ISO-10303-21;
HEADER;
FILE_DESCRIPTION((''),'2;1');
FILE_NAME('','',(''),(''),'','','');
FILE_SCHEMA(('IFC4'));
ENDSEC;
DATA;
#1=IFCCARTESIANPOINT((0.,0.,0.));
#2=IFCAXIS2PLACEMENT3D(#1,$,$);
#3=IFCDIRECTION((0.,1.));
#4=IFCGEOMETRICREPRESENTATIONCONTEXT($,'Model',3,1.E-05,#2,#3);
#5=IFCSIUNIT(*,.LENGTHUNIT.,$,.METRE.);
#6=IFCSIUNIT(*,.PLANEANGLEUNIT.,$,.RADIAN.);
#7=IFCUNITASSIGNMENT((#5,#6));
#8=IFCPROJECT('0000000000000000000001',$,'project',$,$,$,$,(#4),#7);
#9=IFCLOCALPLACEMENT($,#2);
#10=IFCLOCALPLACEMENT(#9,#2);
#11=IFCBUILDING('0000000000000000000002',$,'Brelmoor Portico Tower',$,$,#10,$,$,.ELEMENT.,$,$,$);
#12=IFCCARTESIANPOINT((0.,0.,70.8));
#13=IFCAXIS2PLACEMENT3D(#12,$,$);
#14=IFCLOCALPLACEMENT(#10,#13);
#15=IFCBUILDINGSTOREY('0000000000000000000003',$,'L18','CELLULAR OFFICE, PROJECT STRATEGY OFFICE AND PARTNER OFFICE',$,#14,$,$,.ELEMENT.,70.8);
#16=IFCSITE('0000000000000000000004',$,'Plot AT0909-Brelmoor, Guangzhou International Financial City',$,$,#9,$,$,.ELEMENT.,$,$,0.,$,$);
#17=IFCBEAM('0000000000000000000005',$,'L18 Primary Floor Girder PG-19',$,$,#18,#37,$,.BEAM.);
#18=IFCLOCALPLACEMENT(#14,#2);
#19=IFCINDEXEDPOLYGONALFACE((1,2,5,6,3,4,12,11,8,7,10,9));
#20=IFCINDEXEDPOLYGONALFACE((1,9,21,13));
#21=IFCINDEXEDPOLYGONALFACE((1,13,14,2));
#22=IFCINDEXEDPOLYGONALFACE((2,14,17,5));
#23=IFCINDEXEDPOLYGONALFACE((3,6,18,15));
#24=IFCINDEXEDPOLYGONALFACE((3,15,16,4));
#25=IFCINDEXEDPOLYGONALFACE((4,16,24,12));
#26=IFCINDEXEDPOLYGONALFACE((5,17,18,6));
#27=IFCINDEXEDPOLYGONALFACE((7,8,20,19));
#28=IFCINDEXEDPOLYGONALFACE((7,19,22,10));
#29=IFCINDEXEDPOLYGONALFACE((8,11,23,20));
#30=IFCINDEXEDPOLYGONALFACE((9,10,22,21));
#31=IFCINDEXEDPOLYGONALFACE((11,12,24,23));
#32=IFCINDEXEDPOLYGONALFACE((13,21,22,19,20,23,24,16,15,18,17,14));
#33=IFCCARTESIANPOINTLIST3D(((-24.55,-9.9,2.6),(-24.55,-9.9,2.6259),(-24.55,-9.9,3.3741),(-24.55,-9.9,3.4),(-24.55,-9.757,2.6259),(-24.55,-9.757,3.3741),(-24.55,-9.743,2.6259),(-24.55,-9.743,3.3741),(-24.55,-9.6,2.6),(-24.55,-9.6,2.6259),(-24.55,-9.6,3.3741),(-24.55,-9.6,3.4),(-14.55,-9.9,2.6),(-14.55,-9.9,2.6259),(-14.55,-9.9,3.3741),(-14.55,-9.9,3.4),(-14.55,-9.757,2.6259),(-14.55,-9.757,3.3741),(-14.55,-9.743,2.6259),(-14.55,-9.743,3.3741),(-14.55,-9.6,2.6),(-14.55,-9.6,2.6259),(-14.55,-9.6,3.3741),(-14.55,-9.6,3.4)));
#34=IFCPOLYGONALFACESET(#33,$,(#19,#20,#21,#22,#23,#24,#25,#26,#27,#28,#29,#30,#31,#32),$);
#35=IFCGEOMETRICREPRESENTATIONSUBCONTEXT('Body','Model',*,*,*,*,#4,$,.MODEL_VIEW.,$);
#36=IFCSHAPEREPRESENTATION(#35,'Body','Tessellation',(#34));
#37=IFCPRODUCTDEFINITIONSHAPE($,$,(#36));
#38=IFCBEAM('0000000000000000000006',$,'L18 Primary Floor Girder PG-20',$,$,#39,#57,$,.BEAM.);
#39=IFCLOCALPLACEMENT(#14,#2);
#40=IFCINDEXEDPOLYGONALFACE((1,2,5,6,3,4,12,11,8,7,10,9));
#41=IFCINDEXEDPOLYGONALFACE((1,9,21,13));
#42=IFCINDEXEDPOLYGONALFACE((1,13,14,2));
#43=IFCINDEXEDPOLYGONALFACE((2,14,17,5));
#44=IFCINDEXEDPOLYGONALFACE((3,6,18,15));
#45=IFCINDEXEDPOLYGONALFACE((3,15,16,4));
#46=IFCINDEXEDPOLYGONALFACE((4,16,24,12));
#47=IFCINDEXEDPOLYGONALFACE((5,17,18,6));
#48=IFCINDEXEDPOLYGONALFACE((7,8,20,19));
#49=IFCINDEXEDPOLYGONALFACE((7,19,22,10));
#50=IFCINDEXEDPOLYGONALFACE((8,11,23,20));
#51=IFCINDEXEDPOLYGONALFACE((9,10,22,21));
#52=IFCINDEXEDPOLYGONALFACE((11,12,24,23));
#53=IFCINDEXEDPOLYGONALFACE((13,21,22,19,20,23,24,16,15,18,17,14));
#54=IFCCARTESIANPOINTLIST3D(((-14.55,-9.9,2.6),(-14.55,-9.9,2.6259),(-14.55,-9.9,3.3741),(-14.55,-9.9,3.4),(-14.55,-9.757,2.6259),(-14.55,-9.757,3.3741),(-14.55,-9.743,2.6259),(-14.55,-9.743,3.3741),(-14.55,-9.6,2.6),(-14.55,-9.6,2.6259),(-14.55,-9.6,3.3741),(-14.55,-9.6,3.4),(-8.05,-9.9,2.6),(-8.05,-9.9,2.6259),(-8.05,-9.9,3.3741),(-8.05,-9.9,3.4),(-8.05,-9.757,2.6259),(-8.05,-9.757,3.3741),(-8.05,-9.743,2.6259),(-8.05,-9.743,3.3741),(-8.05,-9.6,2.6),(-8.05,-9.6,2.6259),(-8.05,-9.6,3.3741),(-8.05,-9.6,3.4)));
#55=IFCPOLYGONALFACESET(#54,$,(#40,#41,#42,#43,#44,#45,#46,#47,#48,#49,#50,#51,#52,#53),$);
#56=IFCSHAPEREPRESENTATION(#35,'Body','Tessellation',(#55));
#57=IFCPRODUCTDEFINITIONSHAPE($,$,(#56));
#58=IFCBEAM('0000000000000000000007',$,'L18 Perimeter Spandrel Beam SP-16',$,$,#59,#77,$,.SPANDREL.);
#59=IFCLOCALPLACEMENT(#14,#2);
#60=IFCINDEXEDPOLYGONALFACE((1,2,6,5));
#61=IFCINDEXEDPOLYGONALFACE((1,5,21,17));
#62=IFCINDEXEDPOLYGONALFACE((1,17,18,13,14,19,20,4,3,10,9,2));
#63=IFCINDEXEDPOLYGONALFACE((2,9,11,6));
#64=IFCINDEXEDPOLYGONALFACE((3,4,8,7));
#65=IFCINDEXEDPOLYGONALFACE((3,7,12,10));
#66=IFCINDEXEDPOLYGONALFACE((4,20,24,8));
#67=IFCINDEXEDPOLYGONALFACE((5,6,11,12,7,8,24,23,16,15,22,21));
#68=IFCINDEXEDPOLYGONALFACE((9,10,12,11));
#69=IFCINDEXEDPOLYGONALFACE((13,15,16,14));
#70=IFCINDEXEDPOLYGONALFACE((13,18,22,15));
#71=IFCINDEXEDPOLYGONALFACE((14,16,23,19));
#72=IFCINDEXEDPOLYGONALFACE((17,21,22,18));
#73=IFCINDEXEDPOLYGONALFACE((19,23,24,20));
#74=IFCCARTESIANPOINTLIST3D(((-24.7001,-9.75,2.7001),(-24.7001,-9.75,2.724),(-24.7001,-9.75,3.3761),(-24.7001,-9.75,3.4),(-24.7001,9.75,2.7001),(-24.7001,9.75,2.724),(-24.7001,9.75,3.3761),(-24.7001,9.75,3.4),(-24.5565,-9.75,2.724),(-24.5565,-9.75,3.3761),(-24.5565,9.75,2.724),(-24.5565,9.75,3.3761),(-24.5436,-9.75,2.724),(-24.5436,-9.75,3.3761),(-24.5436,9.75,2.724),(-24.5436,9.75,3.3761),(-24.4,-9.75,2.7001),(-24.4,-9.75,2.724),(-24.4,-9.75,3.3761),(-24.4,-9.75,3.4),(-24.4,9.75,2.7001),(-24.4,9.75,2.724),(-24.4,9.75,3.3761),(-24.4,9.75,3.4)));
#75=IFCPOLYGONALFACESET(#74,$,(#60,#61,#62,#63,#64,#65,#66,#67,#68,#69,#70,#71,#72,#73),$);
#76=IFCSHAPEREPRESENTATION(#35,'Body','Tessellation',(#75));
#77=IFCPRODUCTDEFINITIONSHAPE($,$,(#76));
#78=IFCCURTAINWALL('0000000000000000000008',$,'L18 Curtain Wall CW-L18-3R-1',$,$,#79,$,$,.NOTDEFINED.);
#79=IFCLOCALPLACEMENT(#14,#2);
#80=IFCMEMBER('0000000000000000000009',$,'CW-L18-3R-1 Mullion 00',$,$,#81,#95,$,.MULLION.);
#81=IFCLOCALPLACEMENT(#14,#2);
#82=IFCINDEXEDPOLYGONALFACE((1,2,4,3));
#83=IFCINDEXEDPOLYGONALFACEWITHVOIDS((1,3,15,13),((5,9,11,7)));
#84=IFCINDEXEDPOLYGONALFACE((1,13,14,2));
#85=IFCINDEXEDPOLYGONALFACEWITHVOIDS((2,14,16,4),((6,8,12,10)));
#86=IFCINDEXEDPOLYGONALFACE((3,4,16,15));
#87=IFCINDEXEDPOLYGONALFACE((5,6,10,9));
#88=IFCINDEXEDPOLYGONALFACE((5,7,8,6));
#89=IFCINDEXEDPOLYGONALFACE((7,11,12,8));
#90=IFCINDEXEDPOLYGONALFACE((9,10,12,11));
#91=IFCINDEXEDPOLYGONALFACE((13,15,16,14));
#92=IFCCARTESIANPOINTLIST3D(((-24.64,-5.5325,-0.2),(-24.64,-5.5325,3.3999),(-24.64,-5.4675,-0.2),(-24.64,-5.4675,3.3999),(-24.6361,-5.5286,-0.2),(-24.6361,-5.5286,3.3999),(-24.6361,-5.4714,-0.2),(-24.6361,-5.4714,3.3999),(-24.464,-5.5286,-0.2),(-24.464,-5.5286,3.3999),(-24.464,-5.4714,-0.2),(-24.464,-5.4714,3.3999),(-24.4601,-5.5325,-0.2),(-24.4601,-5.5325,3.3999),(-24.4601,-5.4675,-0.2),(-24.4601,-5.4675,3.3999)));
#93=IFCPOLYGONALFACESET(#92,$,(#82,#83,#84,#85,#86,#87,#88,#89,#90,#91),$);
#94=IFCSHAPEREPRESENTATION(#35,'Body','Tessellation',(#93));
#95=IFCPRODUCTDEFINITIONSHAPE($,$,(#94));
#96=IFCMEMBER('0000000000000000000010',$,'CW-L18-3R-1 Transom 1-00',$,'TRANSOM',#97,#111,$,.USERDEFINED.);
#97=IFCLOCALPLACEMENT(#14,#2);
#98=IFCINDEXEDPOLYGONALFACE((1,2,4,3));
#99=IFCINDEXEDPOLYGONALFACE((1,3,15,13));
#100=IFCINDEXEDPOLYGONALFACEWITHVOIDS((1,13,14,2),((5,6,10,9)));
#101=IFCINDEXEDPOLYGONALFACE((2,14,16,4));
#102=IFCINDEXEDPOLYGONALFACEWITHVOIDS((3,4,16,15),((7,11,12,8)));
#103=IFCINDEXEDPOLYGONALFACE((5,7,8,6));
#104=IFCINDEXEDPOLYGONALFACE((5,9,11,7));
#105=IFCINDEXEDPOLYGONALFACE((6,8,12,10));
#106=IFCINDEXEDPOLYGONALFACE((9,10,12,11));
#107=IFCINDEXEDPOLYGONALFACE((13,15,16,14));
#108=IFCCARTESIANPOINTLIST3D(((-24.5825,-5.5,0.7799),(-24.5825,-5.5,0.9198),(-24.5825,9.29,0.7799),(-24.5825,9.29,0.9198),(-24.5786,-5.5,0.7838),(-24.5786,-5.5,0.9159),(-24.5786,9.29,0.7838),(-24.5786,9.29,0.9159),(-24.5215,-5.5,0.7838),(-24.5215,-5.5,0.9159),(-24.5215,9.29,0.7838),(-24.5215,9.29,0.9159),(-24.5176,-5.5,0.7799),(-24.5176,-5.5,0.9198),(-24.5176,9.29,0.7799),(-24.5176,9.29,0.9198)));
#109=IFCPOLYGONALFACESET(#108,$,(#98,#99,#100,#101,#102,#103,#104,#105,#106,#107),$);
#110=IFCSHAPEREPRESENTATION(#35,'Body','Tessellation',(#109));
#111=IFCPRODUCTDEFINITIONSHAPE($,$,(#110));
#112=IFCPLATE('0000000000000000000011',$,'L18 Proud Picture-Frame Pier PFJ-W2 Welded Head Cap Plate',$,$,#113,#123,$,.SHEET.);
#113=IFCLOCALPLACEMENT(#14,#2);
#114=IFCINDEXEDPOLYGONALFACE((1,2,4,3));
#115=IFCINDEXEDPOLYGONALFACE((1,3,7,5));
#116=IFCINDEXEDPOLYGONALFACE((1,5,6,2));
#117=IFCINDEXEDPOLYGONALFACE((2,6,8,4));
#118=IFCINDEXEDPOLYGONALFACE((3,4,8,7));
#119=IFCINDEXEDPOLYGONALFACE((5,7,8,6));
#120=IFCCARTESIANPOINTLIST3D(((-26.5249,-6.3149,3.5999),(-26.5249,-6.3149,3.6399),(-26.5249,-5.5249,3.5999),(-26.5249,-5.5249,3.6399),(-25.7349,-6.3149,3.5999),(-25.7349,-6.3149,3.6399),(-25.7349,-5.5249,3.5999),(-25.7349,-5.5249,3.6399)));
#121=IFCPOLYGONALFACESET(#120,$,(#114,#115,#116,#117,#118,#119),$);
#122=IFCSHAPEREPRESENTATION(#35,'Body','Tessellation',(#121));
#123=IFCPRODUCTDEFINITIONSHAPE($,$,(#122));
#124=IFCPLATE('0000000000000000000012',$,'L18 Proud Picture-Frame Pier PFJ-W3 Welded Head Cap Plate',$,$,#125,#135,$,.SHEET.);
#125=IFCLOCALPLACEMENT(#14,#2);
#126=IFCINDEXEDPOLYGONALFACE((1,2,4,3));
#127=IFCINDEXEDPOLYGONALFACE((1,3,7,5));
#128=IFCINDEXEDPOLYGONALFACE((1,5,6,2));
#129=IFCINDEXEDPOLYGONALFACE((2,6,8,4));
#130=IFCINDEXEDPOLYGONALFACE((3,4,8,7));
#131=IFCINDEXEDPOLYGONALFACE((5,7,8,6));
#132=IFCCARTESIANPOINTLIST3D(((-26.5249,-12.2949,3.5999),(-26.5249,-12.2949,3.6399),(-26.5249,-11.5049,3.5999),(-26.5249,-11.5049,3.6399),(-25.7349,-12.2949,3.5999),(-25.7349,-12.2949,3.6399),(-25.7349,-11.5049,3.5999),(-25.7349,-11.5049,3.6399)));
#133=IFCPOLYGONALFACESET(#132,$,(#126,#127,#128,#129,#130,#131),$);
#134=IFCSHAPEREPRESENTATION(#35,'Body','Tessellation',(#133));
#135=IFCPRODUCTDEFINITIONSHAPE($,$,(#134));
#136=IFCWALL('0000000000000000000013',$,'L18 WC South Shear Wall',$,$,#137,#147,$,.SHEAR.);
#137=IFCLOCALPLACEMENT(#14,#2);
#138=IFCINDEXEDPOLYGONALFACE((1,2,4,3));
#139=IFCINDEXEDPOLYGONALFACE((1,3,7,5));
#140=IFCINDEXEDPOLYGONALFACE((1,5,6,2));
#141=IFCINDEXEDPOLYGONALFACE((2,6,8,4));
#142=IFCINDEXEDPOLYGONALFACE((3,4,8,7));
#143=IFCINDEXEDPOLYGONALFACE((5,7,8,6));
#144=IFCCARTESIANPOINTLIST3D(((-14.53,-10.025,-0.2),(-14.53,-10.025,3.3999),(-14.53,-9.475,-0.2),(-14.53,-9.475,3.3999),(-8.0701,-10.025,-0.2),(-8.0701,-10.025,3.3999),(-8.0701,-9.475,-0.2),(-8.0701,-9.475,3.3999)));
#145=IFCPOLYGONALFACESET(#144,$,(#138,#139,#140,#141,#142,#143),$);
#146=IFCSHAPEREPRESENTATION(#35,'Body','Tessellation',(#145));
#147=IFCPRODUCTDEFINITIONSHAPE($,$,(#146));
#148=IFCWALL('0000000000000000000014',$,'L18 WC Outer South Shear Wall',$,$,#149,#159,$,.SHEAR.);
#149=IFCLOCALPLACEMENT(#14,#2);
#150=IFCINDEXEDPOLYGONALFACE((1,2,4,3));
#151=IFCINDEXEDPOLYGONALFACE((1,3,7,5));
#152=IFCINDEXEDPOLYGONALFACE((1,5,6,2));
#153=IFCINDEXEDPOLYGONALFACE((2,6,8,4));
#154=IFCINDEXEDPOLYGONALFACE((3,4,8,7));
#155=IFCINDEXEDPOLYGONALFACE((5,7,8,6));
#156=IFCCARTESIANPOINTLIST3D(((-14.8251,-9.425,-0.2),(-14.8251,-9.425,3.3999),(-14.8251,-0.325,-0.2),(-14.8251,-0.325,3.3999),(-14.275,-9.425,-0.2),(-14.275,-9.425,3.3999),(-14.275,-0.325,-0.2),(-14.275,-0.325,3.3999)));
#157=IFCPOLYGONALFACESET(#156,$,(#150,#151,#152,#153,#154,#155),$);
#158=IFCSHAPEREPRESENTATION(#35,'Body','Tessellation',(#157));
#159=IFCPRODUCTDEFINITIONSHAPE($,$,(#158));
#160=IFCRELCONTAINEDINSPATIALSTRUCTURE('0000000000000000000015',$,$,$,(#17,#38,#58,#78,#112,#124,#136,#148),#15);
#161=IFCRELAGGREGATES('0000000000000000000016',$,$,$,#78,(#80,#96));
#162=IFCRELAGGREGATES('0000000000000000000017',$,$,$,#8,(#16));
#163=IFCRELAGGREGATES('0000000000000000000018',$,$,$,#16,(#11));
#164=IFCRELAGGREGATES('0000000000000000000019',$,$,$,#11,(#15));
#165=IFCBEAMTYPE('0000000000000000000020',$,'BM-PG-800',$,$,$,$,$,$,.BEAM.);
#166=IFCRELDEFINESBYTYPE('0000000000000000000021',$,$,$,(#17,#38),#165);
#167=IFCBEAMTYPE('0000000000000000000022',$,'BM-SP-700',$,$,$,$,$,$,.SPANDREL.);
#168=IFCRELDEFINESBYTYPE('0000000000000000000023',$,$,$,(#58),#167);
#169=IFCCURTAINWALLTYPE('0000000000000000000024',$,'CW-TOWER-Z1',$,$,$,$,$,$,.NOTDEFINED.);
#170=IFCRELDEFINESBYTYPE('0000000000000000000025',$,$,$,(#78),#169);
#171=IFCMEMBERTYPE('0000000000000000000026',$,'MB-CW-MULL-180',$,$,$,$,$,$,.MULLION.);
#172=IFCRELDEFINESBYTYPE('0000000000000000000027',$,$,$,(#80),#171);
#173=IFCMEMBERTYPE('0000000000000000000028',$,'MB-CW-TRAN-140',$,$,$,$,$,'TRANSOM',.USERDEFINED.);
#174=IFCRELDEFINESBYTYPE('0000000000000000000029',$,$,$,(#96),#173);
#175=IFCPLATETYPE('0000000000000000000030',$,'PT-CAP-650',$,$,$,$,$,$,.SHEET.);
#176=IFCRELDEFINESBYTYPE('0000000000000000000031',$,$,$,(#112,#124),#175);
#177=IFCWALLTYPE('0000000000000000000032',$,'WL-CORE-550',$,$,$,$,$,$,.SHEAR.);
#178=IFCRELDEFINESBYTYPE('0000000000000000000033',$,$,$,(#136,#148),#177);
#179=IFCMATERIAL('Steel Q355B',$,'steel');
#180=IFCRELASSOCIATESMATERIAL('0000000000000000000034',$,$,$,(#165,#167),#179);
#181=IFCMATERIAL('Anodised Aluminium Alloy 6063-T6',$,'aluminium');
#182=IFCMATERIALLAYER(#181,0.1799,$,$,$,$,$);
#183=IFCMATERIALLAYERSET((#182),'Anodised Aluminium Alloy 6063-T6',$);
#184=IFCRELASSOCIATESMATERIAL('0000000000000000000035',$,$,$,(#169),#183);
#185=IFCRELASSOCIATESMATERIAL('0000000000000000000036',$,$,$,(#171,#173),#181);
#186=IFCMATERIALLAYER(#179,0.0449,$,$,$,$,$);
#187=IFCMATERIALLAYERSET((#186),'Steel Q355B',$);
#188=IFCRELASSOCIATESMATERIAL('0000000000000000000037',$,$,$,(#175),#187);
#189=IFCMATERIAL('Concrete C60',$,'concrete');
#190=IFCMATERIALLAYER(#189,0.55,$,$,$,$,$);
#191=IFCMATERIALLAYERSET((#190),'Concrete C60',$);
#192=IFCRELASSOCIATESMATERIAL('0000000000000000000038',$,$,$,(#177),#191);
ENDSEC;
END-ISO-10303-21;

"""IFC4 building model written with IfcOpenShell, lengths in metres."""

from ifc_helpers import new_model, si_unit, direction, frame, frame_2d, origin, origin_2d, place, context, subcontext, project, spatial, rectangle, hollow_rectangle, i_section, extrude, material, layer, layer_set, material_profile, profile_set, type_object, element, aggregate, save


model = new_model("IFC4")

# Units and contexts
model_context = context("Model", 3, precision=1e-05, world=origin(), true_north=direction((0.0, 1.0)))
body_context = subcontext(model_context, "Body", "Model", "MODEL_VIEW")
ifc_project = project(units=[si_unit("LENGTHUNIT", "METRE"), si_unit("PLANEANGLEUNIT", "RADIAN")], contexts=[model_context])

# Site, building, storey
site_placement = place(None, origin())
site = spatial("IfcSite", under=ifc_project, at=site_placement, Name="Plot AT0909-Brelmoor, Guangzhou International Financial City", CompositionType="ELEMENT", RefElevation=0.0)
building_placement = place(site_placement, origin())
building = spatial("IfcBuilding", under=site, at=building_placement, Name="Brelmoor Portico Tower", CompositionType="ELEMENT")
storey_placement = place(building_placement, frame((0.0, 0.0, 70.8)))
storey = spatial("IfcBuildingStorey", under=building, at=storey_placement, Name="L18", Description="CELLULAR OFFICE, PROJECT STRATEGY OFFICE AND PARTNER OFFICE", CompositionType="ELEMENT", Elevation=70.8)

# Shared definitions
ifc_material_1 = material(Name="Steel Q355B", Category="steel")

# Beams
ifc_material_profile_1 = material_profile(ifc_material_1, i_section(OverallWidth=0.3, OverallDepth=0.8, WebThickness=0.0139, FlangeThickness=0.0259, at=origin_2d()), Name="HN 800x300x14x26")
ifc_profile_set_1 = profile_set([ifc_material_profile_1], Name="Steel Q355B")
beam_type_1 = type_object("IfcBeamType", Name="BM-PG-800", PredefinedType="BEAM", material=ifc_profile_set_1)
beam_1_placement = place(storey_placement, frame((-24.55, -9.75, 3.0), z_axis=(1.0, 0.0, 0.0), x_axis=(0.0, 1.0, 0.0)))
element("IfcBeam", 1, at=beam_1_placement, inside=storey, type_object=beam_type_1, Name="L18 Primary Floor Girder PG-19", PredefinedType="BEAM", context=body_context, shape_type="SweptSolid", body=[
    extrude(i_section(OverallWidth=0.3, OverallDepth=0.8, WebThickness=0.0139, FlangeThickness=0.0259, at=origin_2d()), origin(), (0.0, 0.0, 1.0), 10.0),
])
beam_2_placement = place(storey_placement, frame((-14.55, -9.75, 3.0), z_axis=(1.0, 0.0, 0.0), x_axis=(0.0, 1.0, 0.0)))
element("IfcBeam", 2, at=beam_2_placement, inside=storey, type_object=beam_type_1, Name="L18 Primary Floor Girder PG-20", PredefinedType="BEAM", context=body_context, shape_type="SweptSolid", body=[
    extrude(i_section(OverallWidth=0.3, OverallDepth=0.8, WebThickness=0.0139, FlangeThickness=0.0259, at=origin_2d()), origin(), (0.0, 0.0, 1.0), 6.5),
])
ifc_material_profile_2 = material_profile(ifc_material_1, i_section(OverallWidth=0.3, OverallDepth=0.7, WebThickness=0.0129, FlangeThickness=0.0239, at=origin_2d()), Name="HN 700x300x13x24")
ifc_profile_set_2 = profile_set([ifc_material_profile_2], Name="Steel Q355B")
beam_type_2 = type_object("IfcBeamType", Name="BM-SP-700", PredefinedType="SPANDREL", material=ifc_profile_set_2)
beam_3_placement = place(storey_placement, frame((-24.55, -9.75, 3.05), z_axis=(0.0, 1.0, 0.0), x_axis=(-1.0, 0.0, 0.0)))
element("IfcBeam", 3, at=beam_3_placement, inside=storey, type_object=beam_type_2, Name="L18 Perimeter Spandrel Beam SP-16", PredefinedType="SPANDREL", context=body_context, shape_type="SweptSolid", body=[
    extrude(i_section(OverallWidth=0.3, OverallDepth=0.7, WebThickness=0.0129, FlangeThickness=0.0239, at=origin_2d()), origin(), (0.0, 0.0, 1.0), 19.5),
])

# Curtain wall, members
ifc_material_2 = material(Name="Anodised Aluminium Alloy 6063-T6", Category="aluminium")
ifc_layer_1 = layer(ifc_material_2, 0.1799)
ifc_layer_set_1 = layer_set([ifc_layer_1], Name="Anodised Aluminium Alloy 6063-T6")
curtain_wall_type = type_object("IfcCurtainWallType", Name="CW-TOWER-Z1", PredefinedType="NOTDEFINED", material=ifc_layer_set_1)
curtain_wall_placement = place(storey_placement, origin())
curtain_wall = element("IfcCurtainWall", 4, at=curtain_wall_placement, inside=storey, type_object=curtain_wall_type, Name="L18 Curtain Wall CW-L18-3R-1", PredefinedType="NOTDEFINED")
ifc_material_profile_3 = material_profile(ifc_material_2, hollow_rectangle(XDim=0.0649, YDim=0.1799, WallThickness=0.0039, at=origin_2d()), Name="ALU MULLION 65x180")
ifc_profile_set_3 = profile_set([ifc_material_profile_3], Name="Anodised Aluminium Alloy 6063-T6")
member_type_1 = type_object("IfcMemberType", Name="MB-CW-MULL-180", PredefinedType="MULLION", material=ifc_profile_set_3)
member_1_placement = place(storey_placement, frame((-24.55, -5.5, -0.2), z_axis=(0.0, 0.0, 1.0), x_axis=(0.0, 1.0, 0.0)))
member_1 = element("IfcMember", 5, at=member_1_placement, type_object=member_type_1, Name="CW-L18-3R-1 Mullion 00", PredefinedType="MULLION", context=body_context, shape_type="SweptSolid", body=[
    extrude(hollow_rectangle(XDim=0.0649, YDim=0.1799, WallThickness=0.0039, at=origin_2d()), origin(), (0.0, 0.0, 1.0), 3.5999),
])
ifc_material_profile_4 = material_profile(ifc_material_2, hollow_rectangle(XDim=0.0649, YDim=0.1399, WallThickness=0.0039, at=origin_2d()), Name="ALU TRANSOM 65x140")
ifc_profile_set_4 = profile_set([ifc_material_profile_4], Name="Anodised Aluminium Alloy 6063-T6")
member_type_2 = type_object("IfcMemberType", Name="MB-CW-TRAN-140", ElementType="TRANSOM", PredefinedType="USERDEFINED", material=ifc_profile_set_4)
member_2_placement = place(storey_placement, frame((-24.55, -5.5, 0.8499), z_axis=(0.0, 1.0, 0.0), x_axis=(-1.0, 0.0, 0.0)))
member_2 = element("IfcMember", 6, at=member_2_placement, type_object=member_type_2, Name="CW-L18-3R-1 Transom 1-00", ObjectType="TRANSOM", PredefinedType="USERDEFINED", context=body_context, shape_type="SweptSolid", body=[
    extrude(hollow_rectangle(XDim=0.0649, YDim=0.1399, WallThickness=0.0039, at=origin_2d()), origin(), (0.0, 0.0, 1.0), 14.79),
])
aggregate(curtain_wall, [member_1, member_2])

# Plates
ifc_layer_2 = layer(ifc_material_1, 0.0449)
ifc_layer_set_2 = layer_set([ifc_layer_2], Name="Steel Q355B")
plate_type = type_object("IfcPlateType", Name="PT-CAP-650", PredefinedType="SHEET", material=ifc_layer_set_2)
for number, where, z_axis, x_axis, name in (
    (7, (-26.1299, -5.9199, 3.5999), (0.0, 0.0, 1.0), (0.0, 1.0, 0.0), "L18 Proud Picture-Frame Pier PFJ-W2 Welded Head Cap Plate"),
    (8, (-26.1299, -11.8999, 3.5999), (0.0, 0.0, 1.0), (0.0, 1.0, 0.0), "L18 Proud Picture-Frame Pier PFJ-W3 Welded Head Cap Plate"),
):
    element("IfcPlate", number, at=place(storey_placement, frame(where, z_axis=z_axis, x_axis=x_axis)), inside=storey, type_object=plate_type, Name=name, PredefinedType="SHEET", context=body_context, shape_type="SweptSolid", body=[
        extrude(rectangle(XDim=0.79, YDim=0.79, at=origin_2d()), origin(), (0.0, 0.0, 1.0), 0.04),
    ])

# Walls
ifc_material_3 = material(Name="Concrete C60", Category="concrete")
ifc_layer_3 = layer(ifc_material_3, 0.55)
ifc_layer_set_3 = layer_set([ifc_layer_3], Name="Concrete C60")
wall_type_1 = type_object("IfcWallType", Name="WL-CORE-550", PredefinedType="SHEAR", material=ifc_layer_set_3)
wall_1_placement = place(storey_placement, frame((-14.53, -9.75, -0.2), z_axis=(0.0, 0.0, 1.0), x_axis=(1.0, 0.0, 0.0)))
element("IfcWall", 9, at=wall_1_placement, inside=storey, type_object=wall_type_1, Name="L18 WC South Shear Wall", PredefinedType="SHEAR", context=body_context, shape_type="SweptSolid", body=[
    extrude(rectangle(XDim=6.46, YDim=0.55, at=frame_2d((3.23, 0.0))), origin(), (0.0, 0.0, 1.0), 3.5999),
])
wall_2_placement = place(storey_placement, frame((-14.55, -9.425, -0.2), z_axis=(0.0, 0.0, 1.0), x_axis=(0.0, 1.0, 0.0)))
element("IfcWall", 10, at=wall_2_placement, inside=storey, type_object=wall_type_1, Name="L18 WC Outer South Shear Wall", PredefinedType="SHEAR", context=body_context, shape_type="SweptSolid", body=[
    extrude(rectangle(XDim=9.1001, YDim=0.55, at=frame_2d((4.55, 0.0))), origin(), (0.0, 0.0, 1.0), 3.5999),
])

save(model, "model.ifc")
